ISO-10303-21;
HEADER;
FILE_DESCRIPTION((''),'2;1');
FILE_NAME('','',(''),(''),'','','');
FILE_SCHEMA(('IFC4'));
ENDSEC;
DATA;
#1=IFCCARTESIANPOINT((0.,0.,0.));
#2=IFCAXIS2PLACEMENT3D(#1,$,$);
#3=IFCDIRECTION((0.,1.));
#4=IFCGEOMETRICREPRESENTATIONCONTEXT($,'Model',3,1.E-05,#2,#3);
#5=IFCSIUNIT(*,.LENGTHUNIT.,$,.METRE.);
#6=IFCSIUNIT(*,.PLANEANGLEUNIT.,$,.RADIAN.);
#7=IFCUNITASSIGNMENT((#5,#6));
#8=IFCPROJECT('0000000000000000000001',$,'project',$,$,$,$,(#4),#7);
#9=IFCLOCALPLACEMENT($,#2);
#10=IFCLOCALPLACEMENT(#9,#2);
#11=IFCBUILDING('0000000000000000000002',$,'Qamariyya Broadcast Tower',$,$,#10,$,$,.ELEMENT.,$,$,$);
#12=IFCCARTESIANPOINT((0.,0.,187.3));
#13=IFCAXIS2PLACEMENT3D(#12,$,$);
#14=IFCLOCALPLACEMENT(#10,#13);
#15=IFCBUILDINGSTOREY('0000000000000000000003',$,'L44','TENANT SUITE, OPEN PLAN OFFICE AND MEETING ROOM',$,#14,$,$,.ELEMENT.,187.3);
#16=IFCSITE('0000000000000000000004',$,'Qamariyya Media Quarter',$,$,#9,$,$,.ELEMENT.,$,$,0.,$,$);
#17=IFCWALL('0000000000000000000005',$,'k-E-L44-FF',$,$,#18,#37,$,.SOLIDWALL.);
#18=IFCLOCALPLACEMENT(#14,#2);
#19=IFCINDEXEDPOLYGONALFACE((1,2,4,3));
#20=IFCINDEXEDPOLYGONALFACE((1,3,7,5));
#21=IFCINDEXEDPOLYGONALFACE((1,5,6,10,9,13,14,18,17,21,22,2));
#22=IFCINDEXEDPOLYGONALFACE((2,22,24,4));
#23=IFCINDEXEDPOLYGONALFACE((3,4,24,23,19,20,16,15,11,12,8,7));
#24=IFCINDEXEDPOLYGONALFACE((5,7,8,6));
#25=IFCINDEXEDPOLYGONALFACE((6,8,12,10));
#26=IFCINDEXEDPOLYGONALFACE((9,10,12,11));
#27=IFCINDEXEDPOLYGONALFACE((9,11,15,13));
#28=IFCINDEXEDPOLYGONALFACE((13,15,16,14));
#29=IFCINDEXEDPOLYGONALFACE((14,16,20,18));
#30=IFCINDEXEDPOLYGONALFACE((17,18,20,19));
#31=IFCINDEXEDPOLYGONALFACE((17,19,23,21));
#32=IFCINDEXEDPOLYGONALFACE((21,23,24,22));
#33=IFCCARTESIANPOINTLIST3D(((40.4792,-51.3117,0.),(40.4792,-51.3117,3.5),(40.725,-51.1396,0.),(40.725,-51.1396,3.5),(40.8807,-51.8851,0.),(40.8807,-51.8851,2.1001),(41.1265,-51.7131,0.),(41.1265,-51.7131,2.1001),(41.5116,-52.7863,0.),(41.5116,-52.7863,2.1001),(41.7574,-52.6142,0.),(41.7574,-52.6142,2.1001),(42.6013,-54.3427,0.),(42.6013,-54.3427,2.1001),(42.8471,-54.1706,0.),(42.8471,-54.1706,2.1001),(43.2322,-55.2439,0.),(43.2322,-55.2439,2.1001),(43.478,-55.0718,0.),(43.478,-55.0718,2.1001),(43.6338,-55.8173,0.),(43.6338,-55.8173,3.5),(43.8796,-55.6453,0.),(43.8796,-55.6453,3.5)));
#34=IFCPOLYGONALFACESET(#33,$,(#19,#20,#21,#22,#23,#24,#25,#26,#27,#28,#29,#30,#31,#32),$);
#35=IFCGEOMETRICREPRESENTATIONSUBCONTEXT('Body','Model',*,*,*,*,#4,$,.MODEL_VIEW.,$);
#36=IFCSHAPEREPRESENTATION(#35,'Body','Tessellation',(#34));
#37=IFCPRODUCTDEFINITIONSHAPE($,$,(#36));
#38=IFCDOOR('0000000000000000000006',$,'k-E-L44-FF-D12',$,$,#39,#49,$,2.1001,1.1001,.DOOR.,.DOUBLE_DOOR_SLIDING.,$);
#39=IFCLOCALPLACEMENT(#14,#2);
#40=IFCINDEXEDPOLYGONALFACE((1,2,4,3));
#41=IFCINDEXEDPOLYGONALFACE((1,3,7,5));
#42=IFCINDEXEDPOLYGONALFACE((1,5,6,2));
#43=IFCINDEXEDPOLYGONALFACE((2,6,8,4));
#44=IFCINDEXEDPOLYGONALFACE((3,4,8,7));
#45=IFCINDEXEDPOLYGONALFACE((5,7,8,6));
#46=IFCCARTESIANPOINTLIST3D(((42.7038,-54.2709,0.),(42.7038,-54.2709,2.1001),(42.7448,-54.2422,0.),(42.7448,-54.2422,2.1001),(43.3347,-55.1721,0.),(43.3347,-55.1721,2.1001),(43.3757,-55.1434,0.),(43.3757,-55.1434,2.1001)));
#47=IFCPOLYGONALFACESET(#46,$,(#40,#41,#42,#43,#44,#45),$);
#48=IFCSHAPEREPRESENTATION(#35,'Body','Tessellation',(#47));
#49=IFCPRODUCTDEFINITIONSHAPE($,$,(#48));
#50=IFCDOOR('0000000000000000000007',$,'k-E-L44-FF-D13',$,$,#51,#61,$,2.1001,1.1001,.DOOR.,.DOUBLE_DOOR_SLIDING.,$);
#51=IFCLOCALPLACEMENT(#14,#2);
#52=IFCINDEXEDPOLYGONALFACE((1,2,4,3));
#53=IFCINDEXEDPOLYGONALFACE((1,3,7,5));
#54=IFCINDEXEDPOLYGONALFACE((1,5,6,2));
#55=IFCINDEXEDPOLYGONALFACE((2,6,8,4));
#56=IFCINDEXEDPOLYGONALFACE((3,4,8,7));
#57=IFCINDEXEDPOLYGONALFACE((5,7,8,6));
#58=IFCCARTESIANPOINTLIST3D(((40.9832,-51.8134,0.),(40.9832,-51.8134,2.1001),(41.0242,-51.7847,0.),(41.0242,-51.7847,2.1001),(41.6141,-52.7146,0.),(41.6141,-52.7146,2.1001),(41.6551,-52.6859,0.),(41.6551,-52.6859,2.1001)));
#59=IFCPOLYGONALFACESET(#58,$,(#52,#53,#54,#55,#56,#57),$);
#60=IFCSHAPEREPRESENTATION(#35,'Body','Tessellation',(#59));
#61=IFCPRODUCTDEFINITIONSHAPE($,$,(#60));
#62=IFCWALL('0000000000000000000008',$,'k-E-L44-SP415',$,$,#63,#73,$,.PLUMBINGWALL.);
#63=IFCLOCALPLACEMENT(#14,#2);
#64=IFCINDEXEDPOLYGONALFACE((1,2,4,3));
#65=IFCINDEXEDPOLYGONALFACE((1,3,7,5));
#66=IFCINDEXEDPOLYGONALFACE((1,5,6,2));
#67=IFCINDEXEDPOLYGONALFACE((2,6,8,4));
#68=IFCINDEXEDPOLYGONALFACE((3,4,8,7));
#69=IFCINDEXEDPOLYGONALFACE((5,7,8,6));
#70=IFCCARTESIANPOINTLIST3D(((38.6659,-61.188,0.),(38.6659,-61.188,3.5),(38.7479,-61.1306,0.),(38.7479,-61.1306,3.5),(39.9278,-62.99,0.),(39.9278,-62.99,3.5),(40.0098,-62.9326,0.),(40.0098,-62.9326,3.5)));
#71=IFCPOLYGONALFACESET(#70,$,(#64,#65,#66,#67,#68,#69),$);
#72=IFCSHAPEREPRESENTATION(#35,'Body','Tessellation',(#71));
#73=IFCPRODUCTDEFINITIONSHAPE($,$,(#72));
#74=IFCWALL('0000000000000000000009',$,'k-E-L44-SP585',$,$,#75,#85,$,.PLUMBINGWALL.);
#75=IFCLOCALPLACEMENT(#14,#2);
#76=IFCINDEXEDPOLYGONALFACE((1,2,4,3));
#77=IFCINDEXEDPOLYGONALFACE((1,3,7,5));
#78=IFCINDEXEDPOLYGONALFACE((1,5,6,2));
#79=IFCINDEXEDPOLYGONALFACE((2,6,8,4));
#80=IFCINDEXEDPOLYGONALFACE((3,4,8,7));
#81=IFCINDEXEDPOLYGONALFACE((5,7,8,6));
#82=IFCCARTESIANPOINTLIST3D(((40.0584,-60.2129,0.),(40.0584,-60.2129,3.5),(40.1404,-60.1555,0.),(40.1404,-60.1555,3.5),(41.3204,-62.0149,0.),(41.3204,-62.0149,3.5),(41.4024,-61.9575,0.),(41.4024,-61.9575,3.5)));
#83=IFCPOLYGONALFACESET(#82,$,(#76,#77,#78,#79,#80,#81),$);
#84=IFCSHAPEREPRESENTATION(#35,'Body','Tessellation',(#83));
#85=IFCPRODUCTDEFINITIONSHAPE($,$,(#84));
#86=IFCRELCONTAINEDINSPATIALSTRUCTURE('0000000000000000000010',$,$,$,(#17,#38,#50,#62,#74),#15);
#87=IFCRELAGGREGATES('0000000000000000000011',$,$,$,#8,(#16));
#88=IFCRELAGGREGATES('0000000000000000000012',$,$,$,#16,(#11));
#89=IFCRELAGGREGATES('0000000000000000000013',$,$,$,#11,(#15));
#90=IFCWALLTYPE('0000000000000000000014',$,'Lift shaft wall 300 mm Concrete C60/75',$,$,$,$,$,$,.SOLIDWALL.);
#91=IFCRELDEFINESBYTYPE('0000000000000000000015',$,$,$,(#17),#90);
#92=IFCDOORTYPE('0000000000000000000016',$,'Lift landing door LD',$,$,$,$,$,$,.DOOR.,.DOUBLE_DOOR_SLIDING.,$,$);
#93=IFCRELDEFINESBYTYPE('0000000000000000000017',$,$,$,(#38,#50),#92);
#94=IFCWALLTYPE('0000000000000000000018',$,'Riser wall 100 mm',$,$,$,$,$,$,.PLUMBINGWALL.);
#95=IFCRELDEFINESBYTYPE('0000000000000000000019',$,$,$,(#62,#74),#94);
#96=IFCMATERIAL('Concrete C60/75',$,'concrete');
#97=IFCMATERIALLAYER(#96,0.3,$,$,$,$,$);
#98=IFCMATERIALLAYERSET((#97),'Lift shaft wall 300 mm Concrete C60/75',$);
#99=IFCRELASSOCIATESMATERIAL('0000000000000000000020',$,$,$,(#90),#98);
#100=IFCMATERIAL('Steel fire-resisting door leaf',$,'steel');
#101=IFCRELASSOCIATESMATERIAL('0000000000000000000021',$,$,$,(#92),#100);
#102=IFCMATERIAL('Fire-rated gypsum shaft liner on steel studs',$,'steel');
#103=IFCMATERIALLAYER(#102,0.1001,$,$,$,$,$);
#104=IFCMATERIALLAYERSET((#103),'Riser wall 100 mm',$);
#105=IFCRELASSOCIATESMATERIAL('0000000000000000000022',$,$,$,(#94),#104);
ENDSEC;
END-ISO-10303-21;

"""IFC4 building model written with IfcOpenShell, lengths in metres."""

from ifc_helpers import new_model, si_unit, direction, frame, frame_2d, origin, place, context, subcontext, project, spatial, rectangle, extrude, material, layer, layer_set, type_object, element, fill, save


model = new_model("IFC4")

# Units and contexts
model_context = context("Model", 3, precision=1e-05, world=origin(), true_north=direction((0.0, 1.0)))
body_context = subcontext(model_context, "Body", "Model", "MODEL_VIEW")
ifc_project = project(units=[si_unit("LENGTHUNIT", "METRE"), si_unit("PLANEANGLEUNIT", "RADIAN")], contexts=[model_context])

# Site, building, storey
site_placement = place(None, origin())
site = spatial("IfcSite", under=ifc_project, at=site_placement, Name="Qamariyya Media Quarter", CompositionType="ELEMENT", RefElevation=0.0)
building_placement = place(site_placement, origin())
building = spatial("IfcBuilding", under=site, at=building_placement, Name="Qamariyya Broadcast Tower", CompositionType="ELEMENT")
storey_placement = place(building_placement, frame((0.0, 0.0, 187.3)))
storey = spatial("IfcBuildingStorey", under=building, at=storey_placement, Name="L44", Description="TENANT SUITE, OPEN PLAN OFFICE AND MEETING ROOM", CompositionType="ELEMENT", Elevation=187.3)

# Shared definitions
ifc_material_1 = material(Name="Concrete C60/75", Category="concrete")

# Shared definitions
ifc_material_2 = material(Name="Steel fire-resisting door leaf", Category="steel")

# Shared definitions
ifc_layer_1 = layer(ifc_material_1, 0.3)
ifc_layer_set_1 = layer_set([ifc_layer_1], Name="Lift shaft wall 300 mm Concrete C60/75")
wall_type_1 = type_object("IfcWallType", Name="Lift shaft wall 300 mm Concrete C60/75", PredefinedType="SOLIDWALL", material=ifc_layer_set_1)

# Wall, openings, doors
wall_1_placement = place(storey_placement, frame((43.7566, -55.7312, 0.0), z_axis=(0.0, 0.0, 1.0), x_axis=(-0.573537, 0.81918, 0.0)))
wall_1 = element("IfcWall", 1, at=wall_1_placement, inside=storey, type_object=wall_type_1, Name="k-E-L44-FF", PredefinedType="SOLIDWALL", context=body_context, shape_type="SweptSolid", body=[
    extrude(rectangle(XDim=5.5002, YDim=0.3, at=frame_2d((2.75, 0.0))), origin(), (0.0, 0.0, 1.0), 3.5),
])
opening_1_placement = place(wall_1_placement, frame((0.7, 0.0, 0.0)))
opening_1 = element("IfcOpeningElement", 2, at=opening_1_placement, cuts=wall_1, PredefinedType="OPENING", context=body_context, shape_type="SweptSolid", body=[
    extrude(rectangle(XDim=1.1001, YDim=2.1001, at=frame_2d((0.55, 1.05))), frame((0.0, 0.1599, 0.0), z_axis=(0.0, -1.0, 0.0), x_axis=(1.0, 0.0, 0.0)), (0.0, 0.0, 1.0), 0.3201),
])
opening_2_placement = place(wall_1_placement, frame((3.7, 0.0, 0.0)))
opening_2 = element("IfcOpeningElement", 3, at=opening_2_placement, cuts=wall_1, PredefinedType="OPENING", context=body_context, shape_type="SweptSolid", body=[
    extrude(rectangle(XDim=1.1001, YDim=2.1001, at=frame_2d((0.55, 1.05))), frame((0.0, 0.1599, 0.0), z_axis=(0.0, -1.0, 0.0), x_axis=(1.0, 0.0, 0.0)), (0.0, 0.0, 1.0), 0.3201),
])
door_type_1 = type_object("IfcDoorType", Name="Lift landing door LD", OperationType="DOUBLE_DOOR_SLIDING", PredefinedType="DOOR", material=ifc_material_2)
door_1_placement = place(opening_1_placement, origin())
door_1 = element("IfcDoor", 4, at=door_1_placement, inside=storey, type_object=door_type_1, Name="k-E-L44-FF-D12", OperationType="DOUBLE_DOOR_SLIDING", OverallHeight=2.1001, OverallWidth=1.1001, PredefinedType="DOOR", context=body_context, shape_type="SweptSolid", body=[
    extrude(rectangle(XDim=1.1001, YDim=2.1001, at=frame_2d((0.55, 1.05))), frame((0.0, 0.0249, 0.0), z_axis=(0.0, -1.0, 0.0), x_axis=(1.0, 0.0, 0.0)), (0.0, 0.0, 1.0), 0.05),
])
fill(opening_1, door_1)
door_2_placement = place(opening_2_placement, origin())
door_2 = element("IfcDoor", 5, at=door_2_placement, inside=storey, type_object=door_type_1, Name="k-E-L44-FF-D13", OperationType="DOUBLE_DOOR_SLIDING", OverallHeight=2.1001, OverallWidth=1.1001, PredefinedType="DOOR", context=body_context, shape_type="SweptSolid", body=[
    extrude(rectangle(XDim=1.1001, YDim=2.1001, at=frame_2d((0.55, 1.05))), frame((0.0, 0.0249, 0.0), z_axis=(0.0, -1.0, 0.0), x_axis=(1.0, 0.0, 0.0)), (0.0, 0.0, 1.0), 0.05),
])
fill(opening_2, door_2)

# Walls
ifc_material_3 = material(Name="Fire-rated gypsum shaft liner on steel studs", Category="steel")
ifc_layer_2 = layer(ifc_material_3, 0.1001)
ifc_layer_set_2 = layer_set([ifc_layer_2], Name="Riser wall 100 mm")
wall_type_2 = type_object("IfcWallType", Name="Riser wall 100 mm", PredefinedType="PLUMBINGWALL", material=ifc_layer_set_2)
for number, where, z_axis, x_axis, name in (
    (6, (38.7068, -61.1592, 0.0), (0.0, 0.0, 1.0), (0.573634, -0.819112, 0.0), "k-E-L44-SP415"),
    (7, (40.0994, -60.1841, 0.0), (0.0, 0.0, 1.0), (0.573634, -0.819112, 0.0), "k-E-L44-SP585"),
):
    element("IfcWall", number, at=place(storey_placement, frame(where, z_axis=z_axis, x_axis=x_axis)), inside=storey, type_object=wall_type_2, Name=name, PredefinedType="PLUMBINGWALL", context=body_context, shape_type="SweptSolid", body=[
        extrude(rectangle(XDim=2.2, YDim=0.1001, at=frame_2d((1.1001, 0.0))), origin(), (0.0, 0.0, 1.0), 3.5),
    ])

save(model, "model.ifc")
